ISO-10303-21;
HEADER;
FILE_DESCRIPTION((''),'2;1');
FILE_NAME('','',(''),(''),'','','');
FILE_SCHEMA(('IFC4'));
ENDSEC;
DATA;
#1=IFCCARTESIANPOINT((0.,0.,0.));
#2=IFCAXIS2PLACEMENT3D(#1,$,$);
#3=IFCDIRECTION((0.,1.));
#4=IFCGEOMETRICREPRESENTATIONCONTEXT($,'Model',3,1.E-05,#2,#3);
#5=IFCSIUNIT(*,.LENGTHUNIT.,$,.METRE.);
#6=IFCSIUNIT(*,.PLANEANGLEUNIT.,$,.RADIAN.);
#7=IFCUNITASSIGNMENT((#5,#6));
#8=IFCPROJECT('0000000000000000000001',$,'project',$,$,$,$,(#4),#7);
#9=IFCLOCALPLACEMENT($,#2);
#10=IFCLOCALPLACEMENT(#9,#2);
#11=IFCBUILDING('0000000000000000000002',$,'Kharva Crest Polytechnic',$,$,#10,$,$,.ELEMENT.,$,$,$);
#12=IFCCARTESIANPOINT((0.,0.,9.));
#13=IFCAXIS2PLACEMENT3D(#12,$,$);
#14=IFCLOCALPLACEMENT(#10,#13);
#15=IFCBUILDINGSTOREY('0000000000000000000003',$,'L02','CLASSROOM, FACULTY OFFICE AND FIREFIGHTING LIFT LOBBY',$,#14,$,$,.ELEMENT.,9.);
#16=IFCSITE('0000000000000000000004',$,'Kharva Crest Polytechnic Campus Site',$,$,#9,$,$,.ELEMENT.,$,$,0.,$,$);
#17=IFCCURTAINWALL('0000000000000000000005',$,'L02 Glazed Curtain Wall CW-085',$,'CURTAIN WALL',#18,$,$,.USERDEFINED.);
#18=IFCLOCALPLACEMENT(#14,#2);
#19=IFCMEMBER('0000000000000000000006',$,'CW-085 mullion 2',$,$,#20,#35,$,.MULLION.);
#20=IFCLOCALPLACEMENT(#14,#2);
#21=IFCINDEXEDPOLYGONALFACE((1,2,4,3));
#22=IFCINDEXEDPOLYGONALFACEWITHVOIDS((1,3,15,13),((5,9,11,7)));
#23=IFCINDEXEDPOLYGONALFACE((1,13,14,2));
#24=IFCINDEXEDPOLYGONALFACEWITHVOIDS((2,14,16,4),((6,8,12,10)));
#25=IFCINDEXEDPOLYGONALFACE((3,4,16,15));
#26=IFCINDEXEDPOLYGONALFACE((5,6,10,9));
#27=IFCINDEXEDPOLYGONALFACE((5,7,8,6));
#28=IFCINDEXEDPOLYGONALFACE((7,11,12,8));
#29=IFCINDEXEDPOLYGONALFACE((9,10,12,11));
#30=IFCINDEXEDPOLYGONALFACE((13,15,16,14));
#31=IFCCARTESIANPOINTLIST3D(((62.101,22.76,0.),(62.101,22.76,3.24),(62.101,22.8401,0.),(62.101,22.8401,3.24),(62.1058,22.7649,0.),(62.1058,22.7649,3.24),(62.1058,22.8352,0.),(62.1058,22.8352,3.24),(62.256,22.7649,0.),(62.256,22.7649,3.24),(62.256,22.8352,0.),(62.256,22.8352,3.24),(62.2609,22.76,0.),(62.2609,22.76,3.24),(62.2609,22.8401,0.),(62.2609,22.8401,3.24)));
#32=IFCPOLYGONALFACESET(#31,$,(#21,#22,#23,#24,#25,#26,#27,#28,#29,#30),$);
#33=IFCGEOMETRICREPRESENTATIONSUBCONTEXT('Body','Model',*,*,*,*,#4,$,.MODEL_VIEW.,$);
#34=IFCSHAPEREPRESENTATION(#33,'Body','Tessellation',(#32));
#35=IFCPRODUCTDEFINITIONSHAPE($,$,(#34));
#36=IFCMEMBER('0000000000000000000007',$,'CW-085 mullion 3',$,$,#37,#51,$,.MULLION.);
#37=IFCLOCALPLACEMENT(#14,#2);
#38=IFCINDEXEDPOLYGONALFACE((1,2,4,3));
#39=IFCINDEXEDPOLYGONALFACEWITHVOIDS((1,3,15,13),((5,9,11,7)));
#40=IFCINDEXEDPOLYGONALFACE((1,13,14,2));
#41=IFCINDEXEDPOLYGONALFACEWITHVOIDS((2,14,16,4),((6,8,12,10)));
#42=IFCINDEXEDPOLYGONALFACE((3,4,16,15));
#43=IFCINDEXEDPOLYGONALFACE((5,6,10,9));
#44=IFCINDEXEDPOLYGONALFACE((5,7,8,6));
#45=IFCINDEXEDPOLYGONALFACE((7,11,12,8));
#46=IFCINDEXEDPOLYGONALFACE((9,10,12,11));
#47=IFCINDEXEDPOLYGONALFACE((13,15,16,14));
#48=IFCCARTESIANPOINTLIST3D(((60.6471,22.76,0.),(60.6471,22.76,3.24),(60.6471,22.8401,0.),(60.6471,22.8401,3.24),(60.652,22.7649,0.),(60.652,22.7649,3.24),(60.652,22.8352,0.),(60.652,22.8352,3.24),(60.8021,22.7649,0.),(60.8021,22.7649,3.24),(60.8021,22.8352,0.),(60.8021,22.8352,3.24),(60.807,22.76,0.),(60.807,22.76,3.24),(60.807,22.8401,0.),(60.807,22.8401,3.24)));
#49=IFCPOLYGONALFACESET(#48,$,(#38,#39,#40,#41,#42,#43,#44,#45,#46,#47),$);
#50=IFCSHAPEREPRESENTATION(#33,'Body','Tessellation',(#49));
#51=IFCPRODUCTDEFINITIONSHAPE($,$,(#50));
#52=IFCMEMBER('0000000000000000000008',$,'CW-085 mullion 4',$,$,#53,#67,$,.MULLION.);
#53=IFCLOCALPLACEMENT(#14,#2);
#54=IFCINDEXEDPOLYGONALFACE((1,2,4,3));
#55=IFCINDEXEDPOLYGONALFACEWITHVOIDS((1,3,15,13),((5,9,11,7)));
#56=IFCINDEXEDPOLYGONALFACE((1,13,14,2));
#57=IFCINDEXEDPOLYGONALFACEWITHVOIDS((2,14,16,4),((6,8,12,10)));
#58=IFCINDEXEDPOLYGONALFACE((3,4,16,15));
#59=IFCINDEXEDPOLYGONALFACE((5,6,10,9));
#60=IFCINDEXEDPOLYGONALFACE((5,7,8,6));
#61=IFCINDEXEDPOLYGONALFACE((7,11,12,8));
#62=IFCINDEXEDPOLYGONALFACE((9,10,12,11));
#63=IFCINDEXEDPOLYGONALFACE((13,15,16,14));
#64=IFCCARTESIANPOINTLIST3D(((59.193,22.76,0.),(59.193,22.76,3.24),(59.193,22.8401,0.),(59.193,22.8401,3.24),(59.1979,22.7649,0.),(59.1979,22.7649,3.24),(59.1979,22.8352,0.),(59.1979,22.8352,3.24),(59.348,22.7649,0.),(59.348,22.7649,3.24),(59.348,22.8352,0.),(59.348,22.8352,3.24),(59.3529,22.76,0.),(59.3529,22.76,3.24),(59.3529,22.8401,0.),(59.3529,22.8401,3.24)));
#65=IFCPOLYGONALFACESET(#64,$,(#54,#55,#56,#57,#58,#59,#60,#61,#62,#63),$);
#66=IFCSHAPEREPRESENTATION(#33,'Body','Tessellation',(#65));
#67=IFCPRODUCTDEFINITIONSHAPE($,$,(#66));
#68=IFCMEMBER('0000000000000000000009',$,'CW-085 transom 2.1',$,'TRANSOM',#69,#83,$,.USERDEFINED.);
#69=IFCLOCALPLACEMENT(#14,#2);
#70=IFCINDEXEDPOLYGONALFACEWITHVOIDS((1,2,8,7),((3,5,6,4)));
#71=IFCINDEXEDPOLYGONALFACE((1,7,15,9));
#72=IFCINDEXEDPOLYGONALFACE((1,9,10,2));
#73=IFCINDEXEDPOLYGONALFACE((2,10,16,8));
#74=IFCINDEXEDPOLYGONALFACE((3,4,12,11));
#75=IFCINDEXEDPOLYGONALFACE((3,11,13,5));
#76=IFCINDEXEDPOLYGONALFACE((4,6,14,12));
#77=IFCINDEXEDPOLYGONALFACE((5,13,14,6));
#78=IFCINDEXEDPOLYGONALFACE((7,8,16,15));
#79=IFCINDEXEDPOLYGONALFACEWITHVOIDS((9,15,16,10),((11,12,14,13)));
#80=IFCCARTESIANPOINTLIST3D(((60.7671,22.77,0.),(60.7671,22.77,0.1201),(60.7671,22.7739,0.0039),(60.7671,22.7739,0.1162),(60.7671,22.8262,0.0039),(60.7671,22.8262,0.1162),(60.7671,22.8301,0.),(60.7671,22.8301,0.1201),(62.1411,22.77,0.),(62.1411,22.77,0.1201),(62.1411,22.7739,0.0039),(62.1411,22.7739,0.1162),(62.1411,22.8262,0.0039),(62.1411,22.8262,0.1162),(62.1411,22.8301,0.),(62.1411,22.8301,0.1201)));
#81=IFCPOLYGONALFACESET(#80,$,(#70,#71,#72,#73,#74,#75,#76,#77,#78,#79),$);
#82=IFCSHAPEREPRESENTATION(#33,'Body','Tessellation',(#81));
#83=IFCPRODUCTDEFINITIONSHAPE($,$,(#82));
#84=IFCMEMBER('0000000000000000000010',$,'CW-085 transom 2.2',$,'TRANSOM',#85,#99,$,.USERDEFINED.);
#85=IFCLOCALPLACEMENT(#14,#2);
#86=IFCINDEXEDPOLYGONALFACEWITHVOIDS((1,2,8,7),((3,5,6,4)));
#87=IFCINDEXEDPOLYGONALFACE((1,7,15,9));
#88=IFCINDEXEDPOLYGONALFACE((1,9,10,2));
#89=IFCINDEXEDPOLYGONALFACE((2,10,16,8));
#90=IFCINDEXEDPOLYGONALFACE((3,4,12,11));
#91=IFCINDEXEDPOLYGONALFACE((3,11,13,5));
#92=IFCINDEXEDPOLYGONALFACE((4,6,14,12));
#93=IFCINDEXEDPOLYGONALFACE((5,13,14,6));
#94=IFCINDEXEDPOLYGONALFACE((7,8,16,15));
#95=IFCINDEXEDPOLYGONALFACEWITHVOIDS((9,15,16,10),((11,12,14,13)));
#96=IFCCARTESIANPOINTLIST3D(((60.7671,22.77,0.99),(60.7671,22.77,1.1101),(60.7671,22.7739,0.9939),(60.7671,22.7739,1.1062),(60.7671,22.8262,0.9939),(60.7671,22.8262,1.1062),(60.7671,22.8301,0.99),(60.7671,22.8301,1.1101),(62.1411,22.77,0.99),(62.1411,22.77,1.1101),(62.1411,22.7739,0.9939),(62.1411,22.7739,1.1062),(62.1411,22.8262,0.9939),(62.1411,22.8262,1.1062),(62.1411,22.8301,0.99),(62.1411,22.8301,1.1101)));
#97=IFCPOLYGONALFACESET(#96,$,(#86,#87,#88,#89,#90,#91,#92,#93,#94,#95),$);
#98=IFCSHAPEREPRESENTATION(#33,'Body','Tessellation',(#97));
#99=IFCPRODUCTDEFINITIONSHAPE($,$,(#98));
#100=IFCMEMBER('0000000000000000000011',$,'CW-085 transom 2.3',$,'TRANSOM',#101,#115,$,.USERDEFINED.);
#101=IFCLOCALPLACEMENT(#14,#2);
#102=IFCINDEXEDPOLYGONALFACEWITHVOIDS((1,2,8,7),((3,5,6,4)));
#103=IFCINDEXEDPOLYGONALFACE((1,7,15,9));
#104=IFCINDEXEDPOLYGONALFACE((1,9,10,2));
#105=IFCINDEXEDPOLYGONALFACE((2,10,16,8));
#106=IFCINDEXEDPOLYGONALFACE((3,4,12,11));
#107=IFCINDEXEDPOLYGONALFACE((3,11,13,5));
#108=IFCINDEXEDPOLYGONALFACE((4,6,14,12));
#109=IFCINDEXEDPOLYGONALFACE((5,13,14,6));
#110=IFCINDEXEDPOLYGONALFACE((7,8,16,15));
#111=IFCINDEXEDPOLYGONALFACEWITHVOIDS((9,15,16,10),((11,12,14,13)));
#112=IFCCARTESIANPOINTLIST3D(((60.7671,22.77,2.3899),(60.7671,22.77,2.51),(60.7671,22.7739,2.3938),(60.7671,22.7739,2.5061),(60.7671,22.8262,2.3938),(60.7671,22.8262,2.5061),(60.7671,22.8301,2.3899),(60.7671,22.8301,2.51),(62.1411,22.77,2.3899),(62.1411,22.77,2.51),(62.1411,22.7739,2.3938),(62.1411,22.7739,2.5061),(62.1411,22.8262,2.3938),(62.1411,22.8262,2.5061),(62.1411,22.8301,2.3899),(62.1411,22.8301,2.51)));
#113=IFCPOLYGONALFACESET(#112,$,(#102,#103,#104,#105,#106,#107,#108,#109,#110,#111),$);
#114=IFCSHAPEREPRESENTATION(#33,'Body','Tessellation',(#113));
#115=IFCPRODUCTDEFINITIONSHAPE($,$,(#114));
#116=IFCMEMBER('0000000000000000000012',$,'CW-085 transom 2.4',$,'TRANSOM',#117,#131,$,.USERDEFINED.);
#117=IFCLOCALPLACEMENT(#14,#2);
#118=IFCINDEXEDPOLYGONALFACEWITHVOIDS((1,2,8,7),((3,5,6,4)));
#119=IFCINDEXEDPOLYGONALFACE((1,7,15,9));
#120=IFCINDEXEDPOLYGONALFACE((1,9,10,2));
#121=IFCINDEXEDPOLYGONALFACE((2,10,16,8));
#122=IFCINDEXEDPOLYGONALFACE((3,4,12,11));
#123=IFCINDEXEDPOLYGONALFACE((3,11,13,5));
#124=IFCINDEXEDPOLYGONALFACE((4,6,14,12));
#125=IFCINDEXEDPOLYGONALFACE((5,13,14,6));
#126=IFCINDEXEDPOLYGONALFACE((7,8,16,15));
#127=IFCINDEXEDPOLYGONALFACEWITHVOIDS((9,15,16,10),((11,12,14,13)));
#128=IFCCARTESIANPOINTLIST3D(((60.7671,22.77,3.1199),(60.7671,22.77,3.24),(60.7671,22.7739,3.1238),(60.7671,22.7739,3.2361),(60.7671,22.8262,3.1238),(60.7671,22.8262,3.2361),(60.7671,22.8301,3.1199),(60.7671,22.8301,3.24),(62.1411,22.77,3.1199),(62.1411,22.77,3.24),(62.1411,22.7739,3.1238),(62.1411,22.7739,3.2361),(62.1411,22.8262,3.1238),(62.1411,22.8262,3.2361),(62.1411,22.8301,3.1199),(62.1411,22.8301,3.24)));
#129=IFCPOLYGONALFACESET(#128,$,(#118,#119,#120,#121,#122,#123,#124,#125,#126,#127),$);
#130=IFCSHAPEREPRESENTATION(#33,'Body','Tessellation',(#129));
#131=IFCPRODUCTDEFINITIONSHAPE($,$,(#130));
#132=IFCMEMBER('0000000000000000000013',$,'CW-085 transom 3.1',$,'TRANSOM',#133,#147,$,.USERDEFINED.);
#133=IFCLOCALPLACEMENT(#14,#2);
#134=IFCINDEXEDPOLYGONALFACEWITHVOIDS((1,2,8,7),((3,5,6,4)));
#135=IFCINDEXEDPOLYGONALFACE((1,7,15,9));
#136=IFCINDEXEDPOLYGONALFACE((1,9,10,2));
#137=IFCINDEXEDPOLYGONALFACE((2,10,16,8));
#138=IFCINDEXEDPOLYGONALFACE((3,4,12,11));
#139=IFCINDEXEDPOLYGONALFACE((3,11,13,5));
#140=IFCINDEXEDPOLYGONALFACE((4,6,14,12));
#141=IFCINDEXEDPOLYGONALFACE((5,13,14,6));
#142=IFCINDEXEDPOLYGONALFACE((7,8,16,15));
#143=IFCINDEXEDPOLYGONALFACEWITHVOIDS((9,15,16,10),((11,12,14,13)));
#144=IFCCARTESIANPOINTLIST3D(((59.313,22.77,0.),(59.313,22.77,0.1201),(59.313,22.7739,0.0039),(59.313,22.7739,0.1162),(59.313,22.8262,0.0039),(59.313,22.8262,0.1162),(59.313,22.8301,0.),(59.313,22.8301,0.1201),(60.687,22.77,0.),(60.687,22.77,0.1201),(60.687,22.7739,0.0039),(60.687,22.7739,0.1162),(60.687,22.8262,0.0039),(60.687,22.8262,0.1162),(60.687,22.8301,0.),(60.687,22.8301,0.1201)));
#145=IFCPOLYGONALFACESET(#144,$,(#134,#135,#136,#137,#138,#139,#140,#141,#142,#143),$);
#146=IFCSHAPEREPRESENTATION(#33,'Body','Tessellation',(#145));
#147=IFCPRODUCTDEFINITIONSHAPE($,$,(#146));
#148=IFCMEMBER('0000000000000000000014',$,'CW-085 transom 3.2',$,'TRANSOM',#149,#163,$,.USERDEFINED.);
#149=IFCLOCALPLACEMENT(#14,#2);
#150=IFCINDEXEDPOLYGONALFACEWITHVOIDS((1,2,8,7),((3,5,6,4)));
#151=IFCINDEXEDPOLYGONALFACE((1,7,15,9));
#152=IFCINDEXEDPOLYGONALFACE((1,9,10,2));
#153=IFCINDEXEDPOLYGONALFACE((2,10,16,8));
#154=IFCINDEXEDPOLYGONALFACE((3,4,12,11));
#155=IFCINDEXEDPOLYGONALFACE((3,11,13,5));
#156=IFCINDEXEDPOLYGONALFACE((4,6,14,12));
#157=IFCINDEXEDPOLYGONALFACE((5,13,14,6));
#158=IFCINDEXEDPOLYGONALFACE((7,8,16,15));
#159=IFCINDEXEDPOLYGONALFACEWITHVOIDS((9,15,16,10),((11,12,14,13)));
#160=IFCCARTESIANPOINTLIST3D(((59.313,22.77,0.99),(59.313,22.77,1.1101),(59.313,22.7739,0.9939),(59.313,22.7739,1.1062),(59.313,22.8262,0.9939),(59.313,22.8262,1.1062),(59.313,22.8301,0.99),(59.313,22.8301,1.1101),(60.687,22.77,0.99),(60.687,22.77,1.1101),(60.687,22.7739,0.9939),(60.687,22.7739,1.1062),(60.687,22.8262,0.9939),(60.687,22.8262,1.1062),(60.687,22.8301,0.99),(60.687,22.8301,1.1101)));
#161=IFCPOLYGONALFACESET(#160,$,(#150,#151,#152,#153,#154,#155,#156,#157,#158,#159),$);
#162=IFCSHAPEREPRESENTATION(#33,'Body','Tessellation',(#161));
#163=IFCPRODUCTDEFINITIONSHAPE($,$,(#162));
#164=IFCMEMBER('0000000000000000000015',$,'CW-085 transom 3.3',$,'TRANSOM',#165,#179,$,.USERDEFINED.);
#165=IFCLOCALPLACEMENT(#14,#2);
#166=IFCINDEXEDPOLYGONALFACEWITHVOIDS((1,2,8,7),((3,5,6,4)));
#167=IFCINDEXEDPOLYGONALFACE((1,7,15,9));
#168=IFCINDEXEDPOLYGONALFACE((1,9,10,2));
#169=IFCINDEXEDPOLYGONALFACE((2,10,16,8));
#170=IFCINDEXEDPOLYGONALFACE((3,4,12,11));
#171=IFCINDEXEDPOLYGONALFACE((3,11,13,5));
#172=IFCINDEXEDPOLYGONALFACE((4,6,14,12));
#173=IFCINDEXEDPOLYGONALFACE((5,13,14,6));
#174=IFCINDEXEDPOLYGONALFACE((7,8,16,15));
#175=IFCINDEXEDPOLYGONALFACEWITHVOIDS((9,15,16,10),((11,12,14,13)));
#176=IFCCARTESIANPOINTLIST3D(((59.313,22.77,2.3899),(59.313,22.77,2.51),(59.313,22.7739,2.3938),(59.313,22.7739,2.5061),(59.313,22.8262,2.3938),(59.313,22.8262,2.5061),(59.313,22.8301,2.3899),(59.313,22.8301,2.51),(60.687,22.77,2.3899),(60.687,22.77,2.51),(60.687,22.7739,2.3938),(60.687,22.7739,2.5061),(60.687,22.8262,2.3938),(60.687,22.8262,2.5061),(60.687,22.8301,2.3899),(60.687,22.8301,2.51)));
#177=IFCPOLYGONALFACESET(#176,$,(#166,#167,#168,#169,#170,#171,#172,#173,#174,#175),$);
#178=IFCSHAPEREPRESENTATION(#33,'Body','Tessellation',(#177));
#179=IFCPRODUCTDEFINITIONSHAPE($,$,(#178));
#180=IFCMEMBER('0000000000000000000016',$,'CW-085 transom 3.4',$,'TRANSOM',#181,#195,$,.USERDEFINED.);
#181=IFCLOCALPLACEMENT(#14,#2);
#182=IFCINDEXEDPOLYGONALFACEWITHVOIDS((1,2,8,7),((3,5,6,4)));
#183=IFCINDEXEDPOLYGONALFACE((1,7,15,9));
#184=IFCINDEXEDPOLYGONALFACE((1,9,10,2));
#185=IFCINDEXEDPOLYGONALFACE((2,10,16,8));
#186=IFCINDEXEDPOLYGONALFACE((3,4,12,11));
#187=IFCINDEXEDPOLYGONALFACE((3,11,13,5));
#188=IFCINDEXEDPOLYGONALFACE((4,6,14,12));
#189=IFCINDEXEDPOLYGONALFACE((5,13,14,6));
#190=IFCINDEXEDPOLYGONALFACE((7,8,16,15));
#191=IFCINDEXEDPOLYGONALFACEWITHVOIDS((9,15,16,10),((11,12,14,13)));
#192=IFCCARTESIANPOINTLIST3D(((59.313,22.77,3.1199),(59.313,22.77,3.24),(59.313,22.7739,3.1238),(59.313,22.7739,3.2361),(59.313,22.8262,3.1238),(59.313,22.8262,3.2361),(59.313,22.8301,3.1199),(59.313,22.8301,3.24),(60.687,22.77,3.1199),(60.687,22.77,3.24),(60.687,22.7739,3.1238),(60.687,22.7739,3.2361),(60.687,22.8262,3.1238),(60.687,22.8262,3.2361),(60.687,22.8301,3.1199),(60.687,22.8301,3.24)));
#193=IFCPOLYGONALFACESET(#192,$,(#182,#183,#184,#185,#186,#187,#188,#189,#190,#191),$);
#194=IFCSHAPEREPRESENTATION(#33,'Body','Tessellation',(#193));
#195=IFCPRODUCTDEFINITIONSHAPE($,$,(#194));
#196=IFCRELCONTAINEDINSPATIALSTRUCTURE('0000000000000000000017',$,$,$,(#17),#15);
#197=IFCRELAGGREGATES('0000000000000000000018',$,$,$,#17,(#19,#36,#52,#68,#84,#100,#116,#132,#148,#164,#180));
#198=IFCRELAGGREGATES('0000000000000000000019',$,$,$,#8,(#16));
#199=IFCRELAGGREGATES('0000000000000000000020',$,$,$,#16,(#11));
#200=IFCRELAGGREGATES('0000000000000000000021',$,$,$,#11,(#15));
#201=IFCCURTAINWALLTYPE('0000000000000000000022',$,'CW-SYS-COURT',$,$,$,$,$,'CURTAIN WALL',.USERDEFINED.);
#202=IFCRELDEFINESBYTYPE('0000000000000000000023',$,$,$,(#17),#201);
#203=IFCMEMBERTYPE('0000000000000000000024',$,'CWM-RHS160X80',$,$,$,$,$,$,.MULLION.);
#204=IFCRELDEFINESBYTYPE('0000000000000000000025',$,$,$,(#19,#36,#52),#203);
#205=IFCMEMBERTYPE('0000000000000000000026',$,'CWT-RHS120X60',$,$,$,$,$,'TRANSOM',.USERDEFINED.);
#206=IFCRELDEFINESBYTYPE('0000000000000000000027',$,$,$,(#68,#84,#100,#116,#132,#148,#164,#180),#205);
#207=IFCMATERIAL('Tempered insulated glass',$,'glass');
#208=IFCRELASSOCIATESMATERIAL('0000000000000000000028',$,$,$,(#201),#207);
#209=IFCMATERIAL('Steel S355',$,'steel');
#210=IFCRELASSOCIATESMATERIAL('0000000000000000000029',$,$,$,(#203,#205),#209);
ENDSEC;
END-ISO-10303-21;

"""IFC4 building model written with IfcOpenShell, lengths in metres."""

from ifc_helpers import new_model, si_unit, direction, frame, origin, origin_2d, place, context, subcontext, project, spatial, hollow_rectangle, extrude, material, material_profile, profile_set, type_object, element, aggregate, save


model = new_model("IFC4")

# Units and contexts
model_context = context("Model", 3, precision=1e-05, world=origin(), true_north=direction((0.0, 1.0)))
body_context = subcontext(model_context, "Body", "Model", "MODEL_VIEW")
ifc_project = project(units=[si_unit("LENGTHUNIT", "METRE"), si_unit("PLANEANGLEUNIT", "RADIAN")], contexts=[model_context])

# Site, building, storey
site_placement = place(None, origin())
site = spatial("IfcSite", under=ifc_project, at=site_placement, Name="Kharva Crest Polytechnic Campus Site", CompositionType="ELEMENT", RefElevation=0.0)
building_placement = place(site_placement, origin())
building = spatial("IfcBuilding", under=site, at=building_placement, Name="Kharva Crest Polytechnic", CompositionType="ELEMENT")
storey_placement = place(building_placement, frame((0.0, 0.0, 9.0)))
storey = spatial("IfcBuildingStorey", under=building, at=storey_placement, Name="L02", Description="CLASSROOM, FACULTY OFFICE AND FIREFIGHTING LIFT LOBBY", CompositionType="ELEMENT", Elevation=9.0)

# Curtain wall, members
ifc_material_1 = material(Name="Tempered insulated glass", Category="glass")
curtain_wall_type = type_object("IfcCurtainWallType", Name="CW-SYS-COURT", ElementType="CURTAIN WALL", PredefinedType="USERDEFINED", material=ifc_material_1)
curtain_wall_placement = place(storey_placement, origin())
curtain_wall = element("IfcCurtainWall", 1, at=curtain_wall_placement, inside=storey, type_object=curtain_wall_type, Name="L02 Glazed Curtain Wall CW-085", ObjectType="CURTAIN WALL", PredefinedType="USERDEFINED")
ifc_material_2 = material(Name="Steel S355", Category="steel")
ifc_material_profile_1 = material_profile(ifc_material_2, hollow_rectangle(XDim=0.0801, YDim=0.1599, WallThickness=0.0049, at=origin_2d()), Name="RHS 160X80X5.0")
ifc_profile_set_1 = profile_set([ifc_material_profile_1], Name="Steel S355")
member_type_1 = type_object("IfcMemberType", Name="CWM-RHS160X80", PredefinedType="MULLION", material=ifc_profile_set_1)
member_1_placement = place(storey_placement, frame((62.1809, 22.8, 0.0), z_axis=(0.0, 0.0, 1.0), x_axis=(0.0, -1.0, 0.0)))
member_1 = element("IfcMember", 2, at=member_1_placement, type_object=member_type_1, Name="CW-085 mullion 2", PredefinedType="MULLION", context=body_context, shape_type="SweptSolid", body=[
    extrude(hollow_rectangle(XDim=0.0801, YDim=0.1599, WallThickness=0.0049, at=origin_2d()), origin(), (0.0, 0.0, 1.0), 3.24),
])
member_2_placement = place(storey_placement, frame((60.7271, 22.8, 0.0), z_axis=(0.0, 0.0, 1.0), x_axis=(0.0, -1.0, 0.0)))
member_2 = element("IfcMember", 3, at=member_2_placement, type_object=member_type_1, Name="CW-085 mullion 3", PredefinedType="MULLION", context=body_context, shape_type="SweptSolid", body=[
    extrude(hollow_rectangle(XDim=0.0801, YDim=0.1599, WallThickness=0.0049, at=origin_2d()), origin(), (0.0, 0.0, 1.0), 3.24),
])
member_3_placement = place(storey_placement, frame((59.2729, 22.8, 0.0), z_axis=(0.0, 0.0, 1.0), x_axis=(0.0, -1.0, 0.0)))
member_3 = element("IfcMember", 4, at=member_3_placement, type_object=member_type_1, Name="CW-085 mullion 4", PredefinedType="MULLION", context=body_context, shape_type="SweptSolid", body=[
    extrude(hollow_rectangle(XDim=0.0801, YDim=0.1599, WallThickness=0.0049, at=origin_2d()), origin(), (0.0, 0.0, 1.0), 3.24),
])
ifc_material_profile_2 = material_profile(ifc_material_2, hollow_rectangle(XDim=0.0601, YDim=0.1201, WallThickness=0.0039, at=origin_2d()), Name="RHS 120X60X4.0")
ifc_profile_set_2 = profile_set([ifc_material_profile_2], Name="Steel S355")
member_type_2 = type_object("IfcMemberType", Name="CWT-RHS120X60", ElementType="TRANSOM", PredefinedType="USERDEFINED", material=ifc_profile_set_2)
member_4_placement = place(storey_placement, frame((62.1411, 22.8, 0.0601), z_axis=(-1.0, 0.0, 0.0), x_axis=(0.0, -1.0, 0.0)))
member_4 = element("IfcMember", 5, at=member_4_placement, type_object=member_type_2, Name="CW-085 transom 2.1", ObjectType="TRANSOM", PredefinedType="USERDEFINED", context=body_context, shape_type="SweptSolid", body=[
    extrude(hollow_rectangle(XDim=0.0601, YDim=0.1201, WallThickness=0.0039, at=origin_2d()), origin(), (0.0, 0.0, 1.0), 1.374),
])
member_5_placement = place(storey_placement, frame((62.1411, 22.8, 1.05), z_axis=(-1.0, 0.0, 0.0), x_axis=(0.0, -1.0, 0.0)))
member_5 = element("IfcMember", 6, at=member_5_placement, type_object=member_type_2, Name="CW-085 transom 2.2", ObjectType="TRANSOM", PredefinedType="USERDEFINED", context=body_context, shape_type="SweptSolid", body=[
    extrude(hollow_rectangle(XDim=0.0601, YDim=0.1201, WallThickness=0.0039, at=origin_2d()), origin(), (0.0, 0.0, 1.0), 1.374),
])
member_6_placement = place(storey_placement, frame((62.1411, 22.8, 2.45), z_axis=(-1.0, 0.0, 0.0), x_axis=(0.0, -1.0, 0.0)))
member_6 = element("IfcMember", 7, at=member_6_placement, type_object=member_type_2, Name="CW-085 transom 2.3", ObjectType="TRANSOM", PredefinedType="USERDEFINED", context=body_context, shape_type="SweptSolid", body=[
    extrude(hollow_rectangle(XDim=0.0601, YDim=0.1201, WallThickness=0.0039, at=origin_2d()), origin(), (0.0, 0.0, 1.0), 1.374),
])
member_7_placement = place(storey_placement, frame((62.1411, 22.8, 3.1799), z_axis=(-1.0, 0.0, 0.0), x_axis=(0.0, -1.0, 0.0)))
member_7 = element("IfcMember", 8, at=member_7_placement, type_object=member_type_2, Name="CW-085 transom 2.4", ObjectType="TRANSOM", PredefinedType="USERDEFINED", context=body_context, shape_type="SweptSolid", body=[
    extrude(hollow_rectangle(XDim=0.0601, YDim=0.1201, WallThickness=0.0039, at=origin_2d()), origin(), (0.0, 0.0, 1.0), 1.374),
])
member_8_placement = place(storey_placement, frame((60.687, 22.8, 0.0601), z_axis=(-1.0, 0.0, 0.0), x_axis=(0.0, -1.0, 0.0)))
member_8 = element("IfcMember", 9, at=member_8_placement, type_object=member_type_2, Name="CW-085 transom 3.1", ObjectType="TRANSOM", PredefinedType="USERDEFINED", context=body_context, shape_type="SweptSolid", body=[
    extrude(hollow_rectangle(XDim=0.0601, YDim=0.1201, WallThickness=0.0039, at=origin_2d()), origin(), (0.0, 0.0, 1.0), 1.374),
])
member_9_placement = place(storey_placement, frame((60.687, 22.8, 1.05), z_axis=(-1.0, 0.0, 0.0), x_axis=(0.0, -1.0, 0.0)))
member_9 = element("IfcMember", 10, at=member_9_placement, type_object=member_type_2, Name="CW-085 transom 3.2", ObjectType="TRANSOM", PredefinedType="USERDEFINED", context=body_context, shape_type="SweptSolid", body=[
    extrude(hollow_rectangle(XDim=0.0601, YDim=0.1201, WallThickness=0.0039, at=origin_2d()), origin(), (0.0, 0.0, 1.0), 1.374),
])
member_10_placement = place(storey_placement, frame((60.687, 22.8, 2.45), z_axis=(-1.0, 0.0, 0.0), x_axis=(0.0, -1.0, 0.0)))
member_10 = element("IfcMember", 11, at=member_10_placement, type_object=member_type_2, Name="CW-085 transom 3.3", ObjectType="TRANSOM", PredefinedType="USERDEFINED", context=body_context, shape_type="SweptSolid", body=[
    extrude(hollow_rectangle(XDim=0.0601, YDim=0.1201, WallThickness=0.0039, at=origin_2d()), origin(), (0.0, 0.0, 1.0), 1.374),
])
member_11_placement = place(storey_placement, frame((60.687, 22.8, 3.1799), z_axis=(-1.0, 0.0, 0.0), x_axis=(0.0, -1.0, 0.0)))
member_11 = element("IfcMember", 12, at=member_11_placement, type_object=member_type_2, Name="CW-085 transom 3.4", ObjectType="TRANSOM", PredefinedType="USERDEFINED", context=body_context, shape_type="SweptSolid", body=[
    extrude(hollow_rectangle(XDim=0.0601, YDim=0.1201, WallThickness=0.0039, at=origin_2d()), origin(), (0.0, 0.0, 1.0), 1.374),
])
aggregate(curtain_wall, [member_1, member_2, member_3, member_4, member_5, member_6, member_7, member_8, member_9, member_10, member_11])

save(model, "model.ifc")
